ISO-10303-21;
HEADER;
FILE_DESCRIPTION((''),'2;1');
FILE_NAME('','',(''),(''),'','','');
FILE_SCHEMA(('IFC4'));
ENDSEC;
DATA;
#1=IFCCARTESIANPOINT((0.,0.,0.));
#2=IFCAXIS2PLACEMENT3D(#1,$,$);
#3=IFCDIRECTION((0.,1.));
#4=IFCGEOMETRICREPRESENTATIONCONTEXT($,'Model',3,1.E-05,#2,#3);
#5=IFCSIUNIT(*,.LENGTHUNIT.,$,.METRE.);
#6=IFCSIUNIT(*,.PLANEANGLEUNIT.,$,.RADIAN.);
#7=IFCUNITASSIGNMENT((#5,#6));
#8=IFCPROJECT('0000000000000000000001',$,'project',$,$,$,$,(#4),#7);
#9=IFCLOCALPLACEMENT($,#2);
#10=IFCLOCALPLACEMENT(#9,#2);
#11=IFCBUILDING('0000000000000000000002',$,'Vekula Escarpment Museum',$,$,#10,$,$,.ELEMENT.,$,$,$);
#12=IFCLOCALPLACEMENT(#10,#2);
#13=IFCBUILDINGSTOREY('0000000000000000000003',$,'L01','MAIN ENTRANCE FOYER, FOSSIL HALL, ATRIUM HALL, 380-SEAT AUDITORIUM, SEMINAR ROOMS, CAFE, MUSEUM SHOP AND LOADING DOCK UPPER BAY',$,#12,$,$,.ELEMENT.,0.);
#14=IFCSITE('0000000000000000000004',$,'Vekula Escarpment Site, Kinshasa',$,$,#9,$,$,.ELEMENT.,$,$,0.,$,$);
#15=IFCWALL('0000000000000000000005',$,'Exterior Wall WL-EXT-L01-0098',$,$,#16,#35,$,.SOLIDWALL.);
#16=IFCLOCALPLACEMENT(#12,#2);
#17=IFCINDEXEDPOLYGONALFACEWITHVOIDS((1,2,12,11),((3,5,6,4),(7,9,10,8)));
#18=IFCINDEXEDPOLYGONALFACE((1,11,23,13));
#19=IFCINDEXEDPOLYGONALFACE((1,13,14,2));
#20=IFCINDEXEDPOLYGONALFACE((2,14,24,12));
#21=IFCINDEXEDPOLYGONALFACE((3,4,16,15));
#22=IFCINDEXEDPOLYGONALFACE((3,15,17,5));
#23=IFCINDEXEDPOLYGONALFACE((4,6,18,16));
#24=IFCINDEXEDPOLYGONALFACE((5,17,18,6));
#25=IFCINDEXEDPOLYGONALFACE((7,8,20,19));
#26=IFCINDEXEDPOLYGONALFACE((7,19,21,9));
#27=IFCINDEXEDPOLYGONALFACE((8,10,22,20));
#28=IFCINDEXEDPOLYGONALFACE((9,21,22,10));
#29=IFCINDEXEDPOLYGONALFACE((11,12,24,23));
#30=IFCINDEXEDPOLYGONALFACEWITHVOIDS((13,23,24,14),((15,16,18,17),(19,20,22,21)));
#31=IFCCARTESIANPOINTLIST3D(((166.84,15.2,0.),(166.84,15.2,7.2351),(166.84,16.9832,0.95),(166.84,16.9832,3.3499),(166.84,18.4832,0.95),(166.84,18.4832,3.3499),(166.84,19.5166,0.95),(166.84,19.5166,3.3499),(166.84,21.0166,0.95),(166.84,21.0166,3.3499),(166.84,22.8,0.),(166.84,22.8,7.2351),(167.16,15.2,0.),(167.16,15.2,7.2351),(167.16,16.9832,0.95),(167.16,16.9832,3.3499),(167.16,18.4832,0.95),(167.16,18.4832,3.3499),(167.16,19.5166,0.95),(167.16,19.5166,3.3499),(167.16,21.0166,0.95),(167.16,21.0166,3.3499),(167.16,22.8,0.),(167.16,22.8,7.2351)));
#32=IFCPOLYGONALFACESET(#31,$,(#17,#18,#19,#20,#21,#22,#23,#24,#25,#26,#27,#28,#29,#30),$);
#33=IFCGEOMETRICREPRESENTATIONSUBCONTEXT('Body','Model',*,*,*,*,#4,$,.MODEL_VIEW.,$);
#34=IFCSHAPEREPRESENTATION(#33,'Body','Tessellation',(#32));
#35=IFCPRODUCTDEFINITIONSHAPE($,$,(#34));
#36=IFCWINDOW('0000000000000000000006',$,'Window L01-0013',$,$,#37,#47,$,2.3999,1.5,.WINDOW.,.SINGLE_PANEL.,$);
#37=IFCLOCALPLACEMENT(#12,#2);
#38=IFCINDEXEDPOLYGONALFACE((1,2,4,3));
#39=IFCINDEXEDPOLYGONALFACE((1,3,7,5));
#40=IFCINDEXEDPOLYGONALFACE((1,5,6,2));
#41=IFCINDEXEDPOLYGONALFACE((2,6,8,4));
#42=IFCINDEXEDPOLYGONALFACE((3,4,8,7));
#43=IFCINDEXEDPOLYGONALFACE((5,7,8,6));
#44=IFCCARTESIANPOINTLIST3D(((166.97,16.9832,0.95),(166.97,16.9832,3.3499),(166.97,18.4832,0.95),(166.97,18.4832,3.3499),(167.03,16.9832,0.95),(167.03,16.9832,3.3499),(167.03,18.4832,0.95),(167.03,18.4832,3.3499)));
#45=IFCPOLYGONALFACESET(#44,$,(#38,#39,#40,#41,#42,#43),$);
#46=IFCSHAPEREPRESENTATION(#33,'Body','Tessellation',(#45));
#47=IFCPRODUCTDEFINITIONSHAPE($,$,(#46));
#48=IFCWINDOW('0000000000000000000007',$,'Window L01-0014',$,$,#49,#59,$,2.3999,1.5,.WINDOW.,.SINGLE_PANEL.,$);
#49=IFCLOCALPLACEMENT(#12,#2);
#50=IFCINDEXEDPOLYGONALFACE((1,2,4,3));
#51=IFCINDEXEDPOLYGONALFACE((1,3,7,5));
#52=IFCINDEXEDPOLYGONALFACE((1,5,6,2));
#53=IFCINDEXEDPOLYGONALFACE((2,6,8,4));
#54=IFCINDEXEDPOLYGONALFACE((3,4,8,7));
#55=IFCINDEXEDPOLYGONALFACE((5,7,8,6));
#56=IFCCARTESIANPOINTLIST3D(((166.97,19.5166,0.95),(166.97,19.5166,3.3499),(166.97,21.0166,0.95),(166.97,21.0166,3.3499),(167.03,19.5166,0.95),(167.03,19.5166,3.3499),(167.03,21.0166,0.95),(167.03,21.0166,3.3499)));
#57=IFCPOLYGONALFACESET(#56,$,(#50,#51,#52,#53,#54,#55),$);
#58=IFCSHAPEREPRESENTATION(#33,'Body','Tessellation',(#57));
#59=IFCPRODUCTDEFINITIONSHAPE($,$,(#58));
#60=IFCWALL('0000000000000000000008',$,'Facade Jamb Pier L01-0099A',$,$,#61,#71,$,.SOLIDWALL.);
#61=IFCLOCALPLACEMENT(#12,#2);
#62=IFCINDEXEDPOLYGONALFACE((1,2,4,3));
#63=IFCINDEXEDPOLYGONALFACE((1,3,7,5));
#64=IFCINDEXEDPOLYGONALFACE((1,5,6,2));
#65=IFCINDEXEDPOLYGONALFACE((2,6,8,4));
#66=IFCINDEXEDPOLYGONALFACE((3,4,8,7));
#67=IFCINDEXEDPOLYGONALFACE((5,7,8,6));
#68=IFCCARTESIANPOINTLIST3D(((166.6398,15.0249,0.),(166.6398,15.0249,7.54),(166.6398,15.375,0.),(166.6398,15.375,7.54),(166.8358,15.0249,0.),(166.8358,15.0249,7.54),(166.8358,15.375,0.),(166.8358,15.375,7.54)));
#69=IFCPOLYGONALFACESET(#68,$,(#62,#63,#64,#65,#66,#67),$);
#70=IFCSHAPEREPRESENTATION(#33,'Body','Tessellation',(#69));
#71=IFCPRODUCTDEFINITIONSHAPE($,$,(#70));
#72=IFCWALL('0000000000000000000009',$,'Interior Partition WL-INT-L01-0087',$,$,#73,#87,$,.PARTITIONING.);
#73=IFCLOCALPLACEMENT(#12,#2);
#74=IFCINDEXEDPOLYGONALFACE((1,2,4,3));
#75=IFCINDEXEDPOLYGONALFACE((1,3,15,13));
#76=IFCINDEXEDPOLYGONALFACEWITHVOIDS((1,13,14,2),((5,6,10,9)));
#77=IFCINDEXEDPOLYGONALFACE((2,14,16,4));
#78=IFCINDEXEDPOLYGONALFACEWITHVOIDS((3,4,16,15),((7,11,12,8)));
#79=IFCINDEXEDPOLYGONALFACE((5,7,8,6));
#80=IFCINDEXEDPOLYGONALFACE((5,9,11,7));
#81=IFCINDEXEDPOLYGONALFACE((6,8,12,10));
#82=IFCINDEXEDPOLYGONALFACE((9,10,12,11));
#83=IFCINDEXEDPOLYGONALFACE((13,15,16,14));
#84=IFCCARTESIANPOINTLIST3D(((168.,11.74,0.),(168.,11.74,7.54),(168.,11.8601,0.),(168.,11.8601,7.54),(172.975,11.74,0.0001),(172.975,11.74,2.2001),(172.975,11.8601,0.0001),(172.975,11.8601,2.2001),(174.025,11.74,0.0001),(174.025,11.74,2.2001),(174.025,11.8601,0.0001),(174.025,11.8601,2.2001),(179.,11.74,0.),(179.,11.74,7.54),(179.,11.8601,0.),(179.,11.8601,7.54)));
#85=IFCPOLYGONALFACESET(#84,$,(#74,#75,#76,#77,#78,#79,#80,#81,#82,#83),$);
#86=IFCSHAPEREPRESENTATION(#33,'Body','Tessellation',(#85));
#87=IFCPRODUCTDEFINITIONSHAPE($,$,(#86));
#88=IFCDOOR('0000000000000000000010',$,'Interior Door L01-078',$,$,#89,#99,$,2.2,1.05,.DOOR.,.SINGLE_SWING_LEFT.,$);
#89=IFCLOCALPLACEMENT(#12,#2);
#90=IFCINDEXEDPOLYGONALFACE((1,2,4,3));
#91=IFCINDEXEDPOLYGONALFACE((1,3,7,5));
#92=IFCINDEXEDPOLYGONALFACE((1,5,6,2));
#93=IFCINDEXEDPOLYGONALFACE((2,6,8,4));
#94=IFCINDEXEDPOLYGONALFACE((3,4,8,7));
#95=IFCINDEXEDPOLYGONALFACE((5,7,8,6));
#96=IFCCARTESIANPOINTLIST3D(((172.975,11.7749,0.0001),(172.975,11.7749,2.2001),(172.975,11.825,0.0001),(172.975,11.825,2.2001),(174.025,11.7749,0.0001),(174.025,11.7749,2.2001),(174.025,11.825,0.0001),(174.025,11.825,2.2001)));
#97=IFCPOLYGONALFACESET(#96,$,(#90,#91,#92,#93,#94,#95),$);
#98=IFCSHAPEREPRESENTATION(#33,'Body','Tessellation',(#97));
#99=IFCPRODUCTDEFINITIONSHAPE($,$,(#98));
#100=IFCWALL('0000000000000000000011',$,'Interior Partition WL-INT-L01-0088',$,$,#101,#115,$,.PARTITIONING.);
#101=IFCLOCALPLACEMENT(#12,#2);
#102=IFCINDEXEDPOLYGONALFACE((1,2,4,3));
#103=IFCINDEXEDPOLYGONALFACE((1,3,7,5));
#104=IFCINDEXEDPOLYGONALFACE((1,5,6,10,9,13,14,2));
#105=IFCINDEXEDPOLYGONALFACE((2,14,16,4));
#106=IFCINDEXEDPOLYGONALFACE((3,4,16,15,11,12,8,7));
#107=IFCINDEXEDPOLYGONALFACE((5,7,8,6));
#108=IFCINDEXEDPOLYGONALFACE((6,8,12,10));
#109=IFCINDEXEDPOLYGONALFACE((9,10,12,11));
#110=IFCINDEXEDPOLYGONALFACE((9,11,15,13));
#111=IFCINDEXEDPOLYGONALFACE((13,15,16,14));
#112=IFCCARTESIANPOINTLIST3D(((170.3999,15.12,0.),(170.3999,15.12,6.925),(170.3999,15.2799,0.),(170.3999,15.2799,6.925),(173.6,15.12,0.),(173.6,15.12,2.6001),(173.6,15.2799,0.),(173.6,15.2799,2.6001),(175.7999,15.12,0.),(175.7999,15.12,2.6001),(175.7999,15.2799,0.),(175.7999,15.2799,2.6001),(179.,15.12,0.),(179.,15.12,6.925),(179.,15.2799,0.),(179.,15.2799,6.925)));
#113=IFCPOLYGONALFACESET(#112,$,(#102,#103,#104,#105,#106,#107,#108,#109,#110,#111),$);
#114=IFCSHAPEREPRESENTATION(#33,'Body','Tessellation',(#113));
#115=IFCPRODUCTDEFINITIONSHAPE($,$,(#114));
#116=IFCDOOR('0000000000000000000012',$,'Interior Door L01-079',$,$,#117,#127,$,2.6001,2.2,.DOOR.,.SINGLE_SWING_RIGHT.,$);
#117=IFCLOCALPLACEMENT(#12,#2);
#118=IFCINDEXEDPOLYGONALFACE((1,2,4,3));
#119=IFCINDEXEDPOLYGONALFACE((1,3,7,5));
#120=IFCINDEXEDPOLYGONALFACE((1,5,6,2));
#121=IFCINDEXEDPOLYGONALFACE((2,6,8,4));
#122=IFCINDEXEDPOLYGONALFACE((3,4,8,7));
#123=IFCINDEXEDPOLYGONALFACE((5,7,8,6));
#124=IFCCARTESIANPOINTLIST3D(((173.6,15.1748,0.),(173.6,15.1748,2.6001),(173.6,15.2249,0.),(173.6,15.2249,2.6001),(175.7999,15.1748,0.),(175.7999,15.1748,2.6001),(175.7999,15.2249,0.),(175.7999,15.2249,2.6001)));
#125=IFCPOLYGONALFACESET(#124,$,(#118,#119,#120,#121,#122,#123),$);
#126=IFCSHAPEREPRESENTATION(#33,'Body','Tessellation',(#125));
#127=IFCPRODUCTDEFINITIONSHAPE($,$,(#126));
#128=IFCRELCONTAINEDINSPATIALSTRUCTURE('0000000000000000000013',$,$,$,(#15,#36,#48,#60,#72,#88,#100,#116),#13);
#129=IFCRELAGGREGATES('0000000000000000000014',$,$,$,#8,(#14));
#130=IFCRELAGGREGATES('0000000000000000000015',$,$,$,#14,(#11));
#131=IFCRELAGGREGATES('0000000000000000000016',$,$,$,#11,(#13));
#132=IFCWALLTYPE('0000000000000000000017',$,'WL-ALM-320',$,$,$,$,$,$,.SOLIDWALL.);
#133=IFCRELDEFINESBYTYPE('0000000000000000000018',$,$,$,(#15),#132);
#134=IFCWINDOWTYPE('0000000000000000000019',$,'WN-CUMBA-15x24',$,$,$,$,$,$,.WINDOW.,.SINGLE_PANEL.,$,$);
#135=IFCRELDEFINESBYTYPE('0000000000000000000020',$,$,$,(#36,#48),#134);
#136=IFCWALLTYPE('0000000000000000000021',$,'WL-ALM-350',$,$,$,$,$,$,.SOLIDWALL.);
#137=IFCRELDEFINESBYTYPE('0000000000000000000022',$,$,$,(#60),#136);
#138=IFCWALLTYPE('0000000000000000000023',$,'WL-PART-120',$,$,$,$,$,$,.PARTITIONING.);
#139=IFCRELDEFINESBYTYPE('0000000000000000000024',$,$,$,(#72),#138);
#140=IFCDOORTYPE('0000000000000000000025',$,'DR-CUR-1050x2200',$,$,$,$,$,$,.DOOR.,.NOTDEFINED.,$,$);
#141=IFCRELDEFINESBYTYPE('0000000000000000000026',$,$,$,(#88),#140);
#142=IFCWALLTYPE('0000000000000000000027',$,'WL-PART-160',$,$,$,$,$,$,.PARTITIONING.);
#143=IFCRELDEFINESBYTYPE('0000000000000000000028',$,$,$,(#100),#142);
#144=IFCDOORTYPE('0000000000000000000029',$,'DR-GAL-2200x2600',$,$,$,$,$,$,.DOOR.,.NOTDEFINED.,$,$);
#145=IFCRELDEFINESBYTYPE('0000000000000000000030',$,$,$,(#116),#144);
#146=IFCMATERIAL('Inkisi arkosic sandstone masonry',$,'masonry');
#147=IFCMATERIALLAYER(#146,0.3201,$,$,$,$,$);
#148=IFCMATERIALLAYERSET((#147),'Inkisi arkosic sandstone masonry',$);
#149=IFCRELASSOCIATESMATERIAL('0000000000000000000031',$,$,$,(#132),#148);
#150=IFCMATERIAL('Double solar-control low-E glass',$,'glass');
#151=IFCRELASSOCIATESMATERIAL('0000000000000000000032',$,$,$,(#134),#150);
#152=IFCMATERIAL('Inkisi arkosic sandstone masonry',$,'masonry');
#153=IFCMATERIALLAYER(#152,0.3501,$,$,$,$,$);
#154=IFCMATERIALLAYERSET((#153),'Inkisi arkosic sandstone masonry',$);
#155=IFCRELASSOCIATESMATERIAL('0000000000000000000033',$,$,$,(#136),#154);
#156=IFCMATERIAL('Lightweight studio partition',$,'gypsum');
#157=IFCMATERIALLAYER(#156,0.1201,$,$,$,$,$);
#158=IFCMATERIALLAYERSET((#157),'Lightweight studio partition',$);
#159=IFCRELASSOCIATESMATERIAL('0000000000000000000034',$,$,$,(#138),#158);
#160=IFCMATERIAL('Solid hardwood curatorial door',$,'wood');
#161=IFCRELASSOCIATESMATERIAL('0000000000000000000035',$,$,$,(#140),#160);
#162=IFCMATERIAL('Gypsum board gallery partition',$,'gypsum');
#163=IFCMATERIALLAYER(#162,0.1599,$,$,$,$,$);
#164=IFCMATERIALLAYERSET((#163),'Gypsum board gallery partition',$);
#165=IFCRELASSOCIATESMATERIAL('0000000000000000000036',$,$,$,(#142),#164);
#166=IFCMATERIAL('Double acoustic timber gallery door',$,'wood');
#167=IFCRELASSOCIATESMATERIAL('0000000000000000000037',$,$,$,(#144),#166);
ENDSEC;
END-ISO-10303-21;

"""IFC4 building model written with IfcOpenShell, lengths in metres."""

from ifc_helpers import new_model, si_unit, direction, frame, frame_2d, origin, place, context, subcontext, project, spatial, rectangle, extrude, material, layer, layer_set, type_object, element, fill, save


model = new_model("IFC4")

# Units and contexts
model_context = context("Model", 3, precision=1e-05, world=origin(), true_north=direction((0.0, 1.0)))
body_context = subcontext(model_context, "Body", "Model", "MODEL_VIEW")
ifc_project = project(units=[si_unit("LENGTHUNIT", "METRE"), si_unit("PLANEANGLEUNIT", "RADIAN")], contexts=[model_context])

# Site, building, storey
site_placement = place(None, origin())
site = spatial("IfcSite", under=ifc_project, at=site_placement, Name="Vekula Escarpment Site, Kinshasa", CompositionType="ELEMENT", RefElevation=0.0)
building_placement = place(site_placement, origin())
building = spatial("IfcBuilding", under=site, at=building_placement, Name="Vekula Escarpment Museum", CompositionType="ELEMENT")
storey_placement = place(building_placement, origin())
storey = spatial("IfcBuildingStorey", under=building, at=storey_placement, Name="L01", Description="MAIN ENTRANCE FOYER, FOSSIL HALL, ATRIUM HALL, 380-SEAT AUDITORIUM, SEMINAR ROOMS, CAFE, MUSEUM SHOP AND LOADING DOCK UPPER BAY", CompositionType="ELEMENT", Elevation=0.0)

# Wall, openings, windows
ifc_material_1 = material(Name="Inkisi arkosic sandstone masonry", Category="masonry")
ifc_layer_1 = layer(ifc_material_1, 0.3201)
ifc_layer_set_1 = layer_set([ifc_layer_1], Name="Inkisi arkosic sandstone masonry")
wall_type_1 = type_object("IfcWallType", Name="WL-ALM-320", PredefinedType="SOLIDWALL", material=ifc_layer_set_1)
wall_1_placement = place(storey_placement, frame((167.0, 15.2, 0.0), z_axis=(0.0, 0.0, 1.0), x_axis=(0.0, 1.0, 0.0)))
wall_1 = element("IfcWall", 1, at=wall_1_placement, inside=storey, type_object=wall_type_1, Name="Exterior Wall WL-EXT-L01-0098", PredefinedType="SOLIDWALL", context=body_context, shape_type="SweptSolid", body=[
    extrude(rectangle(XDim=7.6001, YDim=0.3201, at=frame_2d((3.8, 0.0))), origin(), (0.0, 0.0, 1.0), 7.2351),
])
opening_1_placement = place(wall_1_placement, frame((1.7832, 0.0, 0.95)))
opening_1 = element("IfcOpeningElement", 2, at=opening_1_placement, cuts=wall_1, PredefinedType="OPENING", context=body_context, shape_type="SweptSolid", body=[
    extrude(rectangle(XDim=1.5, YDim=2.3999, at=frame_2d((0.75, 1.2))), frame((0.0, 0.1699, 0.0), z_axis=(0.0, -1.0, 0.0), x_axis=(1.0, 0.0, 0.0)), (0.0, 0.0, 1.0), 0.3401),
])
opening_2_placement = place(wall_1_placement, frame((4.3167, 0.0, 0.95)))
opening_2 = element("IfcOpeningElement", 3, at=opening_2_placement, cuts=wall_1, PredefinedType="OPENING", context=body_context, shape_type="SweptSolid", body=[
    extrude(rectangle(XDim=1.5, YDim=2.3999, at=frame_2d((0.75, 1.2))), frame((0.0, 0.1699, 0.0), z_axis=(0.0, -1.0, 0.0), x_axis=(1.0, 0.0, 0.0)), (0.0, 0.0, 1.0), 0.3401),
])
ifc_material_2 = material(Name="Double solar-control low-E glass", Category="glass")
window_type = type_object("IfcWindowType", Name="WN-CUMBA-15x24", PartitioningType="SINGLE_PANEL", PredefinedType="WINDOW", material=ifc_material_2)
window_1_placement = place(opening_1_placement, origin())
window_1 = element("IfcWindow", 4, at=window_1_placement, inside=storey, type_object=window_type, Name="Window L01-0013", OverallHeight=2.3999, OverallWidth=1.5, PartitioningType="SINGLE_PANEL", PredefinedType="WINDOW", context=body_context, shape_type="SweptSolid", body=[
    extrude(rectangle(XDim=1.5, YDim=2.3999, at=frame_2d((0.75, 1.2))), frame((0.0, 0.03, 0.0), z_axis=(0.0, -1.0, 0.0), x_axis=(1.0, 0.0, 0.0)), (0.0, 0.0, 1.0), 0.0601),
])
fill(opening_1, window_1)
window_2_placement = place(opening_2_placement, origin())
window_2 = element("IfcWindow", 5, at=window_2_placement, inside=storey, type_object=window_type, Name="Window L01-0014", OverallHeight=2.3999, OverallWidth=1.5, PartitioningType="SINGLE_PANEL", PredefinedType="WINDOW", context=body_context, shape_type="SweptSolid", body=[
    extrude(rectangle(XDim=1.5, YDim=2.3999, at=frame_2d((0.75, 1.2))), frame((0.0, 0.03, 0.0), z_axis=(0.0, -1.0, 0.0), x_axis=(1.0, 0.0, 0.0)), (0.0, 0.0, 1.0), 0.0601),
])
fill(opening_2, window_2)

# Wall
ifc_material_3 = material(Name="Inkisi arkosic sandstone masonry", Category="masonry")
ifc_layer_2 = layer(ifc_material_3, 0.3501)
ifc_layer_set_2 = layer_set([ifc_layer_2], Name="Inkisi arkosic sandstone masonry")
wall_type_2 = type_object("IfcWallType", Name="WL-ALM-350", PredefinedType="SOLIDWALL", material=ifc_layer_set_2)
wall_2_placement = place(storey_placement, frame((166.8359, 15.2, 0.0), z_axis=(0.0, 0.0, 1.0), x_axis=(-1.0, 0.0, 0.0)))
element("IfcWall", 6, at=wall_2_placement, inside=storey, type_object=wall_type_2, Name="Facade Jamb Pier L01-0099A", PredefinedType="SOLIDWALL", context=body_context, shape_type="SweptSolid", body=[
    extrude(rectangle(XDim=0.196, YDim=0.3501, at=frame_2d((0.0981, 0.0))), origin(), (0.0, 0.0, 1.0), 7.54),
])

# Walls, openings, doors
ifc_material_4 = material(Name="Lightweight studio partition", Category="gypsum")
ifc_layer_3 = layer(ifc_material_4, 0.1201)
ifc_layer_set_3 = layer_set([ifc_layer_3], Name="Lightweight studio partition")
wall_type_3 = type_object("IfcWallType", Name="WL-PART-120", PredefinedType="PARTITIONING", material=ifc_layer_set_3)
wall_3_placement = place(storey_placement, frame((168.0, 11.8, 0.0), z_axis=(0.0, 0.0, 1.0), x_axis=(1.0, 0.0, 0.0)))
wall_3 = element("IfcWall", 7, at=wall_3_placement, inside=storey, type_object=wall_type_3, Name="Interior Partition WL-INT-L01-0087", PredefinedType="PARTITIONING", context=body_context, shape_type="SweptSolid", body=[
    extrude(rectangle(XDim=11.0, YDim=0.1201, at=frame_2d((5.5, 0.0))), origin(), (0.0, 0.0, 1.0), 7.54),
])
opening_3_placement = place(wall_3_placement, frame((4.9751, 0.0, 0.0)))
opening_3 = element("IfcOpeningElement", 8, at=opening_3_placement, cuts=wall_3, PredefinedType="OPENING", context=body_context, shape_type="SweptSolid", body=[
    extrude(rectangle(XDim=1.05, YDim=2.2, at=frame_2d((0.5249, 1.1001))), frame((0.0, 0.0701, 0.0), z_axis=(0.0, -1.0, 0.0), x_axis=(1.0, 0.0, 0.0)), (0.0, 0.0, 1.0), 0.1401),
])
ifc_material_5 = material(Name="Solid hardwood curatorial door", Category="wood")
door_type_1 = type_object("IfcDoorType", Name="DR-CUR-1050x2200", OperationType="NOTDEFINED", PredefinedType="DOOR", material=ifc_material_5)
door_1_placement = place(opening_3_placement, origin())
door_1 = element("IfcDoor", 9, at=door_1_placement, inside=storey, type_object=door_type_1, Name="Interior Door L01-078", OperationType="SINGLE_SWING_LEFT", OverallHeight=2.2, OverallWidth=1.05, PredefinedType="DOOR", context=body_context, shape_type="SweptSolid", body=[
    extrude(rectangle(XDim=1.05, YDim=2.2, at=frame_2d((0.5249, 1.1001))), frame((0.0, 0.0249, 0.0), z_axis=(0.0, -1.0, 0.0), x_axis=(1.0, 0.0, 0.0)), (0.0, 0.0, 1.0), 0.05),
])
fill(opening_3, door_1)
ifc_material_6 = material(Name="Gypsum board gallery partition", Category="gypsum")
ifc_layer_4 = layer(ifc_material_6, 0.1599)
ifc_layer_set_4 = layer_set([ifc_layer_4], Name="Gypsum board gallery partition")
wall_type_4 = type_object("IfcWallType", Name="WL-PART-160", PredefinedType="PARTITIONING", material=ifc_layer_set_4)
wall_4_placement = place(storey_placement, frame((170.3999, 15.2, 0.0), z_axis=(0.0, 0.0, 1.0), x_axis=(1.0, 0.0, 0.0)))
wall_4 = element("IfcWall", 10, at=wall_4_placement, inside=storey, type_object=wall_type_4, Name="Interior Partition WL-INT-L01-0088", PredefinedType="PARTITIONING", context=body_context, shape_type="SweptSolid", body=[
    extrude(rectangle(XDim=8.6001, YDim=0.1599, at=frame_2d((4.3, 0.0))), origin(), (0.0, 0.0, 1.0), 6.925),
])
opening_4_placement = place(wall_4_placement, frame((3.2, 0.0, 0.0)))
opening_4 = element("IfcOpeningElement", 11, at=opening_4_placement, cuts=wall_4, PredefinedType="OPENING", context=body_context, shape_type="SweptSolid", body=[
    extrude(rectangle(XDim=2.2, YDim=2.6001, at=frame_2d((1.1001, 1.3))), frame((0.0, 0.0898, 0.0), z_axis=(0.0, -1.0, 0.0), x_axis=(1.0, 0.0, 0.0)), (0.0, 0.0, 1.0), 0.1799),
])
ifc_material_7 = material(Name="Double acoustic timber gallery door", Category="wood")
door_type_2 = type_object("IfcDoorType", Name="DR-GAL-2200x2600", OperationType="NOTDEFINED", PredefinedType="DOOR", material=ifc_material_7)
door_2_placement = place(opening_4_placement, origin())
door_2 = element("IfcDoor", 12, at=door_2_placement, inside=storey, type_object=door_type_2, Name="Interior Door L01-079", OperationType="SINGLE_SWING_RIGHT", OverallHeight=2.6001, OverallWidth=2.2, PredefinedType="DOOR", context=body_context, shape_type="SweptSolid", body=[
    extrude(rectangle(XDim=2.2, YDim=2.6001, at=frame_2d((1.1001, 1.3))), frame((0.0, 0.0249, 0.0), z_axis=(0.0, -1.0, 0.0), x_axis=(1.0, 0.0, 0.0)), (0.0, 0.0, 1.0), 0.05),
])
fill(opening_4, door_2)

save(model, "model.ifc")
